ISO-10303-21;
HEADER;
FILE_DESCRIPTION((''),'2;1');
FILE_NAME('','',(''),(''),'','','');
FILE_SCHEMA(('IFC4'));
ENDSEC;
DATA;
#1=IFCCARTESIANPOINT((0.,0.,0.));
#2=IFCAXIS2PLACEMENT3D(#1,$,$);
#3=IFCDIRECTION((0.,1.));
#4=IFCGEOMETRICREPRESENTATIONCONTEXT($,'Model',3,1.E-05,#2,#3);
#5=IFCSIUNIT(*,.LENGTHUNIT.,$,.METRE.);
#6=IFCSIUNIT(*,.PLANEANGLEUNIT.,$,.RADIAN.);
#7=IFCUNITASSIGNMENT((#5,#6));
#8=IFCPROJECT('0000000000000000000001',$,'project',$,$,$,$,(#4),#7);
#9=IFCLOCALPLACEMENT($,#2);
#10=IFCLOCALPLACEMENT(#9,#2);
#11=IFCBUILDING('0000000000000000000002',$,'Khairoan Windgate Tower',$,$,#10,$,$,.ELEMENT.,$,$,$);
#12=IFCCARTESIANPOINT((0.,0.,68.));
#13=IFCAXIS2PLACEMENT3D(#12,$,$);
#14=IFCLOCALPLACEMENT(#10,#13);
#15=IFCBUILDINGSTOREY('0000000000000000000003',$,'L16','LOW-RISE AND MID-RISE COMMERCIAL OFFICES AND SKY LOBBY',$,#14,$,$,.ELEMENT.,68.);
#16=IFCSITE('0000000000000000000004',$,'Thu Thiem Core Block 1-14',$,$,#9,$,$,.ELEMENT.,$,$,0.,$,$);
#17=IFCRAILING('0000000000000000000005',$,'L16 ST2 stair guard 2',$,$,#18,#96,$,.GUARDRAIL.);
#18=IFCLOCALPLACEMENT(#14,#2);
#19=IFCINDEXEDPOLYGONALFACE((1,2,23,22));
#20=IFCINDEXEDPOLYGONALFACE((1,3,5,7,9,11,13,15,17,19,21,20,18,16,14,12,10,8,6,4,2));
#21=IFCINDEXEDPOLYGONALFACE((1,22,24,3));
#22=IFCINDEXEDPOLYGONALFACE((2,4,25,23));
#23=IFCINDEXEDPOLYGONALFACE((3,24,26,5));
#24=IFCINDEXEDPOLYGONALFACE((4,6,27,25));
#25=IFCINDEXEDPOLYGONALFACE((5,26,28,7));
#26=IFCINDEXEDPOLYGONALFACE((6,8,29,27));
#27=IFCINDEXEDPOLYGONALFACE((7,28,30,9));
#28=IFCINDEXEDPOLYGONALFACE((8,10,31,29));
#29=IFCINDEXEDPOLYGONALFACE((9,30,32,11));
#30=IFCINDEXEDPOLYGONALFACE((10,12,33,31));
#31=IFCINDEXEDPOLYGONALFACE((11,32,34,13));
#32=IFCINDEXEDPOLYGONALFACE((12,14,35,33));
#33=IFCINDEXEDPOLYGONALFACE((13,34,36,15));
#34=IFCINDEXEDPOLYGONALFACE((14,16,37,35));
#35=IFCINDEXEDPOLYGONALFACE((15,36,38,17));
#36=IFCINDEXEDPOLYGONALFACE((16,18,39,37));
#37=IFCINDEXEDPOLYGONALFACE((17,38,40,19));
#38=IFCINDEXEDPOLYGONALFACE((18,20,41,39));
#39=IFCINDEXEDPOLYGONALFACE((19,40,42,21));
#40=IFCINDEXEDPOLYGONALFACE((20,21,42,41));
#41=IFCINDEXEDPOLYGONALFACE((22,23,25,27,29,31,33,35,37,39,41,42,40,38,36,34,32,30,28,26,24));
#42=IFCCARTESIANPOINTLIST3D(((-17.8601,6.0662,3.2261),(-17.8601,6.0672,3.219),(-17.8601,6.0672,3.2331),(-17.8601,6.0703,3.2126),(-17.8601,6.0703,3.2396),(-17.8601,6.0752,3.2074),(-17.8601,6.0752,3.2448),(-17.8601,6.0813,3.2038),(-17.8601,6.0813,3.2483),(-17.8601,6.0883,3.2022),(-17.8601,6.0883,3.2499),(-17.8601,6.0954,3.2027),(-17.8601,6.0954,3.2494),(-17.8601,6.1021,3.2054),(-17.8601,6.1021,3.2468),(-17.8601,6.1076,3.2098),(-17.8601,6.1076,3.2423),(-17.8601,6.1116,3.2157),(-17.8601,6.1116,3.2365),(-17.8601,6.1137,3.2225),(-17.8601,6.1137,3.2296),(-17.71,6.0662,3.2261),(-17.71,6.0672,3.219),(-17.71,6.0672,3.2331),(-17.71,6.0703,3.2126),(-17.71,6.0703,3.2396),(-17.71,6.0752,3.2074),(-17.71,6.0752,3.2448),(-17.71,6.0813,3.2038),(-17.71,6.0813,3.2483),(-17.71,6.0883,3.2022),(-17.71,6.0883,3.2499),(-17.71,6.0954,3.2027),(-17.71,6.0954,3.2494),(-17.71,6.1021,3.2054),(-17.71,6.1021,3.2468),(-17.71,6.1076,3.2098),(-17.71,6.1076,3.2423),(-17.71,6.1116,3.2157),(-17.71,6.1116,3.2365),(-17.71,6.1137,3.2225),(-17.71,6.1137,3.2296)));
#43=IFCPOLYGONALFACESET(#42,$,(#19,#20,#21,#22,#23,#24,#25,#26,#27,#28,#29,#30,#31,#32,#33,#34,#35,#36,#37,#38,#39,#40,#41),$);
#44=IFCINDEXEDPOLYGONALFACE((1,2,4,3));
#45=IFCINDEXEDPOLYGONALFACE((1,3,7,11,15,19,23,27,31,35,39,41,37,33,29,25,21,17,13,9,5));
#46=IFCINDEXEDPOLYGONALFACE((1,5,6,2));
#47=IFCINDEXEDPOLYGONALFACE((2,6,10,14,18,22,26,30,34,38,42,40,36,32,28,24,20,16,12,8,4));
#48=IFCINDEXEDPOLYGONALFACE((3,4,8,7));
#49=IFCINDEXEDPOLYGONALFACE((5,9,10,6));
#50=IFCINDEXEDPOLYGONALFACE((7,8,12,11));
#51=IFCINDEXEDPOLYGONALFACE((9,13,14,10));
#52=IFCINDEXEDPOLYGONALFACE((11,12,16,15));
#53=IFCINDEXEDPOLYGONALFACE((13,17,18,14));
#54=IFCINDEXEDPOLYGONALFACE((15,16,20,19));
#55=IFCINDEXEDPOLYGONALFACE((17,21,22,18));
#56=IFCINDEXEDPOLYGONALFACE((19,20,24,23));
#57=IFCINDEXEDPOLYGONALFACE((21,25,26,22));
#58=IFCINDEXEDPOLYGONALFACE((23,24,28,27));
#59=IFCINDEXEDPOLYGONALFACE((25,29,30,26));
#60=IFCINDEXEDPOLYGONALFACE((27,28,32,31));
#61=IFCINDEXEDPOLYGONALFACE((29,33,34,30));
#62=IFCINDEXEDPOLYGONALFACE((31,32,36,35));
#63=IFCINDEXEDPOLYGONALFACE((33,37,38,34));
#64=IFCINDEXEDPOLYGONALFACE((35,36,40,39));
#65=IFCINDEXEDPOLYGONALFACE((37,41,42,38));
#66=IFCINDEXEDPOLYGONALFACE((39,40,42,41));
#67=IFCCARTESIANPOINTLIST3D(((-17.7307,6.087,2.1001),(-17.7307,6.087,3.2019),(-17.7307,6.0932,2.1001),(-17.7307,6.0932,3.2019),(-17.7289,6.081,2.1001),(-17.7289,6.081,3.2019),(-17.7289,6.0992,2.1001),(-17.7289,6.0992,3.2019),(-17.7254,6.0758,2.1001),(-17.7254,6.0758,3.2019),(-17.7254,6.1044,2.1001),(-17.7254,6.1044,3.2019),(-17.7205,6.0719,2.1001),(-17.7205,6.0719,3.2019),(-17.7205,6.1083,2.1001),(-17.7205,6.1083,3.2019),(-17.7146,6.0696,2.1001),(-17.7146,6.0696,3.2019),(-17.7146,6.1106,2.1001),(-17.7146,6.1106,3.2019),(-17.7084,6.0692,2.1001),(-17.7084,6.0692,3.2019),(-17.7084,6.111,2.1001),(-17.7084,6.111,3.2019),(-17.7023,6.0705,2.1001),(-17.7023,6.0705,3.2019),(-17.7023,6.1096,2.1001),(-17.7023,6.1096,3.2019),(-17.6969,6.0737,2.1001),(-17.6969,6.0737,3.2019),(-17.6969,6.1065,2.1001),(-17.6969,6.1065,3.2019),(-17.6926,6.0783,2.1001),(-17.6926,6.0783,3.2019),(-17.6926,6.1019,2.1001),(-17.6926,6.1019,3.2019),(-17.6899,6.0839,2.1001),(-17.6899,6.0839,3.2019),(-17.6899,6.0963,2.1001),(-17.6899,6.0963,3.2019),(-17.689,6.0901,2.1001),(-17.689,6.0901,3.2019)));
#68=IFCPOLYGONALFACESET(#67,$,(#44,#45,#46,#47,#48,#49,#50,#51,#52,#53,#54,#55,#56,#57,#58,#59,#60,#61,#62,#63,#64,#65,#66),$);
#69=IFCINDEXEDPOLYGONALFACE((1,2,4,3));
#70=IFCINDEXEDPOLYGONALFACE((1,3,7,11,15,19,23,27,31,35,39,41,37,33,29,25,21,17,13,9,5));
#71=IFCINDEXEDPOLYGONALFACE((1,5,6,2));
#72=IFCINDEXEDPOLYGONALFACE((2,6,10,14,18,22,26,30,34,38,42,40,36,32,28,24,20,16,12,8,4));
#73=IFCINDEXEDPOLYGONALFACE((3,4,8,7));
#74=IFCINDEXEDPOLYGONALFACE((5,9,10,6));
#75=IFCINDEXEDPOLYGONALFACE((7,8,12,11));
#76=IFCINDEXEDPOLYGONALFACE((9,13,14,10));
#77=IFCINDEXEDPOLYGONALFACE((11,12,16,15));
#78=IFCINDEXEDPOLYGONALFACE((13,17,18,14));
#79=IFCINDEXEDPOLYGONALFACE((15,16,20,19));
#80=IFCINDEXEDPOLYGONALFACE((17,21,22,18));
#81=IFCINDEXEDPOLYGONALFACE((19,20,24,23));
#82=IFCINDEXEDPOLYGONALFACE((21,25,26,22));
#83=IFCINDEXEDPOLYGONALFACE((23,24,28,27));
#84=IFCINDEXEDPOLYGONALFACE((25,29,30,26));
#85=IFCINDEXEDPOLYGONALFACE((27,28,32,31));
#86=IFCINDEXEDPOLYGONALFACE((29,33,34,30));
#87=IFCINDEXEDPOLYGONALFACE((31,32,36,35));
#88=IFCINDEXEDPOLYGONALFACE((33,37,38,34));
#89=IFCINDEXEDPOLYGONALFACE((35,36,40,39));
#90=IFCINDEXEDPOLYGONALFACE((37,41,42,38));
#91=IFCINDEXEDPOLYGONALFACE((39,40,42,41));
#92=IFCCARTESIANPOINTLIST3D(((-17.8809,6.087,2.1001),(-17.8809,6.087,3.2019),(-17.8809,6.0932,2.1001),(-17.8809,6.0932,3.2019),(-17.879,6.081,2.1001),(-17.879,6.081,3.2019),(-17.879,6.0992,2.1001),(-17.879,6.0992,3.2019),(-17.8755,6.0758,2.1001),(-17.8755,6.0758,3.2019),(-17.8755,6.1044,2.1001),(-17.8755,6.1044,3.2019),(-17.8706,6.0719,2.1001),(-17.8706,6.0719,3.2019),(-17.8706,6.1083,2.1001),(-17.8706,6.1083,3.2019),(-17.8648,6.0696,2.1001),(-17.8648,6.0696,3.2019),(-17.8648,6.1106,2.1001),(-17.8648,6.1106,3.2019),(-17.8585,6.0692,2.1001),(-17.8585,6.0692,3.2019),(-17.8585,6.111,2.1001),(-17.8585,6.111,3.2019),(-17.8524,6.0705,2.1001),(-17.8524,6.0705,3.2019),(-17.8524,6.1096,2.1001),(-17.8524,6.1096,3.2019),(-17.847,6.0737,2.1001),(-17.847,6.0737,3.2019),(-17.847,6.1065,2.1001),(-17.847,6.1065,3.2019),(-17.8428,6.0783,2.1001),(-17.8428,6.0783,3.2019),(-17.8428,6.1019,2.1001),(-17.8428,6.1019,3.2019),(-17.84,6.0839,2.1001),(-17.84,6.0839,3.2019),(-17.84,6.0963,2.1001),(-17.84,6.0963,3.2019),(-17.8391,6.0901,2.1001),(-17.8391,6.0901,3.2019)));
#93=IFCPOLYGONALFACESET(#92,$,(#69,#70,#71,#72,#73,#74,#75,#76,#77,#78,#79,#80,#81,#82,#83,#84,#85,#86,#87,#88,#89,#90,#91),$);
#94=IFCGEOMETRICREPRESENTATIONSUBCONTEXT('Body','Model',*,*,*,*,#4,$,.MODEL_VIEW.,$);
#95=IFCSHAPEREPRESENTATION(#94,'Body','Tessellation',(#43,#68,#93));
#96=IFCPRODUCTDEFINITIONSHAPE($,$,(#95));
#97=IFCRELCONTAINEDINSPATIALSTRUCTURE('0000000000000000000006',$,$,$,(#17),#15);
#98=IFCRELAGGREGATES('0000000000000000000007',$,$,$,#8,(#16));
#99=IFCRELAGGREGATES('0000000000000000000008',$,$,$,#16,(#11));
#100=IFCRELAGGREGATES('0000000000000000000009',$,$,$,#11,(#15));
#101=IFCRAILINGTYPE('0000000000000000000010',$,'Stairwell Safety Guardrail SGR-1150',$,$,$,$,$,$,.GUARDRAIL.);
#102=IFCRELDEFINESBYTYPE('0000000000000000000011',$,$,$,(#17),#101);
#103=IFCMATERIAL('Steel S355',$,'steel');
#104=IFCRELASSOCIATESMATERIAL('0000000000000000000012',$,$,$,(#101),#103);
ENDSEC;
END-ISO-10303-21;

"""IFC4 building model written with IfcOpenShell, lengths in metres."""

from ifc_helpers import new_model, si_unit, direction, frame, origin, origin_2d, place, context, subcontext, project, spatial, circle, extrude, material, type_object, element, save


model = new_model("IFC4")

# Units and contexts
model_context = context("Model", 3, precision=1e-05, world=origin(), true_north=direction((0.0, 1.0)))
body_context = subcontext(model_context, "Body", "Model", "MODEL_VIEW")
ifc_project = project(units=[si_unit("LENGTHUNIT", "METRE"), si_unit("PLANEANGLEUNIT", "RADIAN")], contexts=[model_context])

# Site, building, storey
site_placement = place(None, origin())
site = spatial("IfcSite", under=ifc_project, at=site_placement, Name="Thu Thiem Core Block 1-14", CompositionType="ELEMENT", RefElevation=0.0)
building_placement = place(site_placement, origin())
building = spatial("IfcBuilding", under=site, at=building_placement, Name="Khairoan Windgate Tower", CompositionType="ELEMENT")
storey_placement = place(building_placement, frame((0.0, 0.0, 68.0)))
storey = spatial("IfcBuildingStorey", under=building, at=storey_placement, Name="L16", Description="LOW-RISE AND MID-RISE COMMERCIAL OFFICES AND SKY LOBBY", CompositionType="ELEMENT", Elevation=68.0)

# Railing
ifc_material_1 = material(Name="Steel S355", Category="steel")
railing_type_1 = type_object("IfcRailingType", Name="Stairwell Safety Guardrail SGR-1150", PredefinedType="GUARDRAIL", material=ifc_material_1)
railing_1_placement = place(storey_placement, frame((-17.71, 6.0901, 2.1001)))
element("IfcRailing", 1, at=railing_1_placement, inside=storey, type_object=railing_type_1, Name="L16 ST2 stair guard 2", PredefinedType="GUARDRAIL", context=body_context, shape_type="SweptSolid", body=[
    extrude(circle(Radius=0.0239, at=origin_2d()), frame((0.0, 0.0, 1.126), z_axis=(-1.0, 0.0, 0.0), x_axis=(0.0, -1.0, 0.0)), (0.0, 0.0, 1.0), 0.1501),
    extrude(circle(Radius=0.021, at=origin_2d()), origin(), (0.0, 0.0, 1.0), 1.1018),
    extrude(circle(Radius=0.021, at=origin_2d()), frame((-0.1501, 0.0, 0.0)), (0.0, 0.0, 1.0), 1.1018),
])

save(model, "model.ifc")
